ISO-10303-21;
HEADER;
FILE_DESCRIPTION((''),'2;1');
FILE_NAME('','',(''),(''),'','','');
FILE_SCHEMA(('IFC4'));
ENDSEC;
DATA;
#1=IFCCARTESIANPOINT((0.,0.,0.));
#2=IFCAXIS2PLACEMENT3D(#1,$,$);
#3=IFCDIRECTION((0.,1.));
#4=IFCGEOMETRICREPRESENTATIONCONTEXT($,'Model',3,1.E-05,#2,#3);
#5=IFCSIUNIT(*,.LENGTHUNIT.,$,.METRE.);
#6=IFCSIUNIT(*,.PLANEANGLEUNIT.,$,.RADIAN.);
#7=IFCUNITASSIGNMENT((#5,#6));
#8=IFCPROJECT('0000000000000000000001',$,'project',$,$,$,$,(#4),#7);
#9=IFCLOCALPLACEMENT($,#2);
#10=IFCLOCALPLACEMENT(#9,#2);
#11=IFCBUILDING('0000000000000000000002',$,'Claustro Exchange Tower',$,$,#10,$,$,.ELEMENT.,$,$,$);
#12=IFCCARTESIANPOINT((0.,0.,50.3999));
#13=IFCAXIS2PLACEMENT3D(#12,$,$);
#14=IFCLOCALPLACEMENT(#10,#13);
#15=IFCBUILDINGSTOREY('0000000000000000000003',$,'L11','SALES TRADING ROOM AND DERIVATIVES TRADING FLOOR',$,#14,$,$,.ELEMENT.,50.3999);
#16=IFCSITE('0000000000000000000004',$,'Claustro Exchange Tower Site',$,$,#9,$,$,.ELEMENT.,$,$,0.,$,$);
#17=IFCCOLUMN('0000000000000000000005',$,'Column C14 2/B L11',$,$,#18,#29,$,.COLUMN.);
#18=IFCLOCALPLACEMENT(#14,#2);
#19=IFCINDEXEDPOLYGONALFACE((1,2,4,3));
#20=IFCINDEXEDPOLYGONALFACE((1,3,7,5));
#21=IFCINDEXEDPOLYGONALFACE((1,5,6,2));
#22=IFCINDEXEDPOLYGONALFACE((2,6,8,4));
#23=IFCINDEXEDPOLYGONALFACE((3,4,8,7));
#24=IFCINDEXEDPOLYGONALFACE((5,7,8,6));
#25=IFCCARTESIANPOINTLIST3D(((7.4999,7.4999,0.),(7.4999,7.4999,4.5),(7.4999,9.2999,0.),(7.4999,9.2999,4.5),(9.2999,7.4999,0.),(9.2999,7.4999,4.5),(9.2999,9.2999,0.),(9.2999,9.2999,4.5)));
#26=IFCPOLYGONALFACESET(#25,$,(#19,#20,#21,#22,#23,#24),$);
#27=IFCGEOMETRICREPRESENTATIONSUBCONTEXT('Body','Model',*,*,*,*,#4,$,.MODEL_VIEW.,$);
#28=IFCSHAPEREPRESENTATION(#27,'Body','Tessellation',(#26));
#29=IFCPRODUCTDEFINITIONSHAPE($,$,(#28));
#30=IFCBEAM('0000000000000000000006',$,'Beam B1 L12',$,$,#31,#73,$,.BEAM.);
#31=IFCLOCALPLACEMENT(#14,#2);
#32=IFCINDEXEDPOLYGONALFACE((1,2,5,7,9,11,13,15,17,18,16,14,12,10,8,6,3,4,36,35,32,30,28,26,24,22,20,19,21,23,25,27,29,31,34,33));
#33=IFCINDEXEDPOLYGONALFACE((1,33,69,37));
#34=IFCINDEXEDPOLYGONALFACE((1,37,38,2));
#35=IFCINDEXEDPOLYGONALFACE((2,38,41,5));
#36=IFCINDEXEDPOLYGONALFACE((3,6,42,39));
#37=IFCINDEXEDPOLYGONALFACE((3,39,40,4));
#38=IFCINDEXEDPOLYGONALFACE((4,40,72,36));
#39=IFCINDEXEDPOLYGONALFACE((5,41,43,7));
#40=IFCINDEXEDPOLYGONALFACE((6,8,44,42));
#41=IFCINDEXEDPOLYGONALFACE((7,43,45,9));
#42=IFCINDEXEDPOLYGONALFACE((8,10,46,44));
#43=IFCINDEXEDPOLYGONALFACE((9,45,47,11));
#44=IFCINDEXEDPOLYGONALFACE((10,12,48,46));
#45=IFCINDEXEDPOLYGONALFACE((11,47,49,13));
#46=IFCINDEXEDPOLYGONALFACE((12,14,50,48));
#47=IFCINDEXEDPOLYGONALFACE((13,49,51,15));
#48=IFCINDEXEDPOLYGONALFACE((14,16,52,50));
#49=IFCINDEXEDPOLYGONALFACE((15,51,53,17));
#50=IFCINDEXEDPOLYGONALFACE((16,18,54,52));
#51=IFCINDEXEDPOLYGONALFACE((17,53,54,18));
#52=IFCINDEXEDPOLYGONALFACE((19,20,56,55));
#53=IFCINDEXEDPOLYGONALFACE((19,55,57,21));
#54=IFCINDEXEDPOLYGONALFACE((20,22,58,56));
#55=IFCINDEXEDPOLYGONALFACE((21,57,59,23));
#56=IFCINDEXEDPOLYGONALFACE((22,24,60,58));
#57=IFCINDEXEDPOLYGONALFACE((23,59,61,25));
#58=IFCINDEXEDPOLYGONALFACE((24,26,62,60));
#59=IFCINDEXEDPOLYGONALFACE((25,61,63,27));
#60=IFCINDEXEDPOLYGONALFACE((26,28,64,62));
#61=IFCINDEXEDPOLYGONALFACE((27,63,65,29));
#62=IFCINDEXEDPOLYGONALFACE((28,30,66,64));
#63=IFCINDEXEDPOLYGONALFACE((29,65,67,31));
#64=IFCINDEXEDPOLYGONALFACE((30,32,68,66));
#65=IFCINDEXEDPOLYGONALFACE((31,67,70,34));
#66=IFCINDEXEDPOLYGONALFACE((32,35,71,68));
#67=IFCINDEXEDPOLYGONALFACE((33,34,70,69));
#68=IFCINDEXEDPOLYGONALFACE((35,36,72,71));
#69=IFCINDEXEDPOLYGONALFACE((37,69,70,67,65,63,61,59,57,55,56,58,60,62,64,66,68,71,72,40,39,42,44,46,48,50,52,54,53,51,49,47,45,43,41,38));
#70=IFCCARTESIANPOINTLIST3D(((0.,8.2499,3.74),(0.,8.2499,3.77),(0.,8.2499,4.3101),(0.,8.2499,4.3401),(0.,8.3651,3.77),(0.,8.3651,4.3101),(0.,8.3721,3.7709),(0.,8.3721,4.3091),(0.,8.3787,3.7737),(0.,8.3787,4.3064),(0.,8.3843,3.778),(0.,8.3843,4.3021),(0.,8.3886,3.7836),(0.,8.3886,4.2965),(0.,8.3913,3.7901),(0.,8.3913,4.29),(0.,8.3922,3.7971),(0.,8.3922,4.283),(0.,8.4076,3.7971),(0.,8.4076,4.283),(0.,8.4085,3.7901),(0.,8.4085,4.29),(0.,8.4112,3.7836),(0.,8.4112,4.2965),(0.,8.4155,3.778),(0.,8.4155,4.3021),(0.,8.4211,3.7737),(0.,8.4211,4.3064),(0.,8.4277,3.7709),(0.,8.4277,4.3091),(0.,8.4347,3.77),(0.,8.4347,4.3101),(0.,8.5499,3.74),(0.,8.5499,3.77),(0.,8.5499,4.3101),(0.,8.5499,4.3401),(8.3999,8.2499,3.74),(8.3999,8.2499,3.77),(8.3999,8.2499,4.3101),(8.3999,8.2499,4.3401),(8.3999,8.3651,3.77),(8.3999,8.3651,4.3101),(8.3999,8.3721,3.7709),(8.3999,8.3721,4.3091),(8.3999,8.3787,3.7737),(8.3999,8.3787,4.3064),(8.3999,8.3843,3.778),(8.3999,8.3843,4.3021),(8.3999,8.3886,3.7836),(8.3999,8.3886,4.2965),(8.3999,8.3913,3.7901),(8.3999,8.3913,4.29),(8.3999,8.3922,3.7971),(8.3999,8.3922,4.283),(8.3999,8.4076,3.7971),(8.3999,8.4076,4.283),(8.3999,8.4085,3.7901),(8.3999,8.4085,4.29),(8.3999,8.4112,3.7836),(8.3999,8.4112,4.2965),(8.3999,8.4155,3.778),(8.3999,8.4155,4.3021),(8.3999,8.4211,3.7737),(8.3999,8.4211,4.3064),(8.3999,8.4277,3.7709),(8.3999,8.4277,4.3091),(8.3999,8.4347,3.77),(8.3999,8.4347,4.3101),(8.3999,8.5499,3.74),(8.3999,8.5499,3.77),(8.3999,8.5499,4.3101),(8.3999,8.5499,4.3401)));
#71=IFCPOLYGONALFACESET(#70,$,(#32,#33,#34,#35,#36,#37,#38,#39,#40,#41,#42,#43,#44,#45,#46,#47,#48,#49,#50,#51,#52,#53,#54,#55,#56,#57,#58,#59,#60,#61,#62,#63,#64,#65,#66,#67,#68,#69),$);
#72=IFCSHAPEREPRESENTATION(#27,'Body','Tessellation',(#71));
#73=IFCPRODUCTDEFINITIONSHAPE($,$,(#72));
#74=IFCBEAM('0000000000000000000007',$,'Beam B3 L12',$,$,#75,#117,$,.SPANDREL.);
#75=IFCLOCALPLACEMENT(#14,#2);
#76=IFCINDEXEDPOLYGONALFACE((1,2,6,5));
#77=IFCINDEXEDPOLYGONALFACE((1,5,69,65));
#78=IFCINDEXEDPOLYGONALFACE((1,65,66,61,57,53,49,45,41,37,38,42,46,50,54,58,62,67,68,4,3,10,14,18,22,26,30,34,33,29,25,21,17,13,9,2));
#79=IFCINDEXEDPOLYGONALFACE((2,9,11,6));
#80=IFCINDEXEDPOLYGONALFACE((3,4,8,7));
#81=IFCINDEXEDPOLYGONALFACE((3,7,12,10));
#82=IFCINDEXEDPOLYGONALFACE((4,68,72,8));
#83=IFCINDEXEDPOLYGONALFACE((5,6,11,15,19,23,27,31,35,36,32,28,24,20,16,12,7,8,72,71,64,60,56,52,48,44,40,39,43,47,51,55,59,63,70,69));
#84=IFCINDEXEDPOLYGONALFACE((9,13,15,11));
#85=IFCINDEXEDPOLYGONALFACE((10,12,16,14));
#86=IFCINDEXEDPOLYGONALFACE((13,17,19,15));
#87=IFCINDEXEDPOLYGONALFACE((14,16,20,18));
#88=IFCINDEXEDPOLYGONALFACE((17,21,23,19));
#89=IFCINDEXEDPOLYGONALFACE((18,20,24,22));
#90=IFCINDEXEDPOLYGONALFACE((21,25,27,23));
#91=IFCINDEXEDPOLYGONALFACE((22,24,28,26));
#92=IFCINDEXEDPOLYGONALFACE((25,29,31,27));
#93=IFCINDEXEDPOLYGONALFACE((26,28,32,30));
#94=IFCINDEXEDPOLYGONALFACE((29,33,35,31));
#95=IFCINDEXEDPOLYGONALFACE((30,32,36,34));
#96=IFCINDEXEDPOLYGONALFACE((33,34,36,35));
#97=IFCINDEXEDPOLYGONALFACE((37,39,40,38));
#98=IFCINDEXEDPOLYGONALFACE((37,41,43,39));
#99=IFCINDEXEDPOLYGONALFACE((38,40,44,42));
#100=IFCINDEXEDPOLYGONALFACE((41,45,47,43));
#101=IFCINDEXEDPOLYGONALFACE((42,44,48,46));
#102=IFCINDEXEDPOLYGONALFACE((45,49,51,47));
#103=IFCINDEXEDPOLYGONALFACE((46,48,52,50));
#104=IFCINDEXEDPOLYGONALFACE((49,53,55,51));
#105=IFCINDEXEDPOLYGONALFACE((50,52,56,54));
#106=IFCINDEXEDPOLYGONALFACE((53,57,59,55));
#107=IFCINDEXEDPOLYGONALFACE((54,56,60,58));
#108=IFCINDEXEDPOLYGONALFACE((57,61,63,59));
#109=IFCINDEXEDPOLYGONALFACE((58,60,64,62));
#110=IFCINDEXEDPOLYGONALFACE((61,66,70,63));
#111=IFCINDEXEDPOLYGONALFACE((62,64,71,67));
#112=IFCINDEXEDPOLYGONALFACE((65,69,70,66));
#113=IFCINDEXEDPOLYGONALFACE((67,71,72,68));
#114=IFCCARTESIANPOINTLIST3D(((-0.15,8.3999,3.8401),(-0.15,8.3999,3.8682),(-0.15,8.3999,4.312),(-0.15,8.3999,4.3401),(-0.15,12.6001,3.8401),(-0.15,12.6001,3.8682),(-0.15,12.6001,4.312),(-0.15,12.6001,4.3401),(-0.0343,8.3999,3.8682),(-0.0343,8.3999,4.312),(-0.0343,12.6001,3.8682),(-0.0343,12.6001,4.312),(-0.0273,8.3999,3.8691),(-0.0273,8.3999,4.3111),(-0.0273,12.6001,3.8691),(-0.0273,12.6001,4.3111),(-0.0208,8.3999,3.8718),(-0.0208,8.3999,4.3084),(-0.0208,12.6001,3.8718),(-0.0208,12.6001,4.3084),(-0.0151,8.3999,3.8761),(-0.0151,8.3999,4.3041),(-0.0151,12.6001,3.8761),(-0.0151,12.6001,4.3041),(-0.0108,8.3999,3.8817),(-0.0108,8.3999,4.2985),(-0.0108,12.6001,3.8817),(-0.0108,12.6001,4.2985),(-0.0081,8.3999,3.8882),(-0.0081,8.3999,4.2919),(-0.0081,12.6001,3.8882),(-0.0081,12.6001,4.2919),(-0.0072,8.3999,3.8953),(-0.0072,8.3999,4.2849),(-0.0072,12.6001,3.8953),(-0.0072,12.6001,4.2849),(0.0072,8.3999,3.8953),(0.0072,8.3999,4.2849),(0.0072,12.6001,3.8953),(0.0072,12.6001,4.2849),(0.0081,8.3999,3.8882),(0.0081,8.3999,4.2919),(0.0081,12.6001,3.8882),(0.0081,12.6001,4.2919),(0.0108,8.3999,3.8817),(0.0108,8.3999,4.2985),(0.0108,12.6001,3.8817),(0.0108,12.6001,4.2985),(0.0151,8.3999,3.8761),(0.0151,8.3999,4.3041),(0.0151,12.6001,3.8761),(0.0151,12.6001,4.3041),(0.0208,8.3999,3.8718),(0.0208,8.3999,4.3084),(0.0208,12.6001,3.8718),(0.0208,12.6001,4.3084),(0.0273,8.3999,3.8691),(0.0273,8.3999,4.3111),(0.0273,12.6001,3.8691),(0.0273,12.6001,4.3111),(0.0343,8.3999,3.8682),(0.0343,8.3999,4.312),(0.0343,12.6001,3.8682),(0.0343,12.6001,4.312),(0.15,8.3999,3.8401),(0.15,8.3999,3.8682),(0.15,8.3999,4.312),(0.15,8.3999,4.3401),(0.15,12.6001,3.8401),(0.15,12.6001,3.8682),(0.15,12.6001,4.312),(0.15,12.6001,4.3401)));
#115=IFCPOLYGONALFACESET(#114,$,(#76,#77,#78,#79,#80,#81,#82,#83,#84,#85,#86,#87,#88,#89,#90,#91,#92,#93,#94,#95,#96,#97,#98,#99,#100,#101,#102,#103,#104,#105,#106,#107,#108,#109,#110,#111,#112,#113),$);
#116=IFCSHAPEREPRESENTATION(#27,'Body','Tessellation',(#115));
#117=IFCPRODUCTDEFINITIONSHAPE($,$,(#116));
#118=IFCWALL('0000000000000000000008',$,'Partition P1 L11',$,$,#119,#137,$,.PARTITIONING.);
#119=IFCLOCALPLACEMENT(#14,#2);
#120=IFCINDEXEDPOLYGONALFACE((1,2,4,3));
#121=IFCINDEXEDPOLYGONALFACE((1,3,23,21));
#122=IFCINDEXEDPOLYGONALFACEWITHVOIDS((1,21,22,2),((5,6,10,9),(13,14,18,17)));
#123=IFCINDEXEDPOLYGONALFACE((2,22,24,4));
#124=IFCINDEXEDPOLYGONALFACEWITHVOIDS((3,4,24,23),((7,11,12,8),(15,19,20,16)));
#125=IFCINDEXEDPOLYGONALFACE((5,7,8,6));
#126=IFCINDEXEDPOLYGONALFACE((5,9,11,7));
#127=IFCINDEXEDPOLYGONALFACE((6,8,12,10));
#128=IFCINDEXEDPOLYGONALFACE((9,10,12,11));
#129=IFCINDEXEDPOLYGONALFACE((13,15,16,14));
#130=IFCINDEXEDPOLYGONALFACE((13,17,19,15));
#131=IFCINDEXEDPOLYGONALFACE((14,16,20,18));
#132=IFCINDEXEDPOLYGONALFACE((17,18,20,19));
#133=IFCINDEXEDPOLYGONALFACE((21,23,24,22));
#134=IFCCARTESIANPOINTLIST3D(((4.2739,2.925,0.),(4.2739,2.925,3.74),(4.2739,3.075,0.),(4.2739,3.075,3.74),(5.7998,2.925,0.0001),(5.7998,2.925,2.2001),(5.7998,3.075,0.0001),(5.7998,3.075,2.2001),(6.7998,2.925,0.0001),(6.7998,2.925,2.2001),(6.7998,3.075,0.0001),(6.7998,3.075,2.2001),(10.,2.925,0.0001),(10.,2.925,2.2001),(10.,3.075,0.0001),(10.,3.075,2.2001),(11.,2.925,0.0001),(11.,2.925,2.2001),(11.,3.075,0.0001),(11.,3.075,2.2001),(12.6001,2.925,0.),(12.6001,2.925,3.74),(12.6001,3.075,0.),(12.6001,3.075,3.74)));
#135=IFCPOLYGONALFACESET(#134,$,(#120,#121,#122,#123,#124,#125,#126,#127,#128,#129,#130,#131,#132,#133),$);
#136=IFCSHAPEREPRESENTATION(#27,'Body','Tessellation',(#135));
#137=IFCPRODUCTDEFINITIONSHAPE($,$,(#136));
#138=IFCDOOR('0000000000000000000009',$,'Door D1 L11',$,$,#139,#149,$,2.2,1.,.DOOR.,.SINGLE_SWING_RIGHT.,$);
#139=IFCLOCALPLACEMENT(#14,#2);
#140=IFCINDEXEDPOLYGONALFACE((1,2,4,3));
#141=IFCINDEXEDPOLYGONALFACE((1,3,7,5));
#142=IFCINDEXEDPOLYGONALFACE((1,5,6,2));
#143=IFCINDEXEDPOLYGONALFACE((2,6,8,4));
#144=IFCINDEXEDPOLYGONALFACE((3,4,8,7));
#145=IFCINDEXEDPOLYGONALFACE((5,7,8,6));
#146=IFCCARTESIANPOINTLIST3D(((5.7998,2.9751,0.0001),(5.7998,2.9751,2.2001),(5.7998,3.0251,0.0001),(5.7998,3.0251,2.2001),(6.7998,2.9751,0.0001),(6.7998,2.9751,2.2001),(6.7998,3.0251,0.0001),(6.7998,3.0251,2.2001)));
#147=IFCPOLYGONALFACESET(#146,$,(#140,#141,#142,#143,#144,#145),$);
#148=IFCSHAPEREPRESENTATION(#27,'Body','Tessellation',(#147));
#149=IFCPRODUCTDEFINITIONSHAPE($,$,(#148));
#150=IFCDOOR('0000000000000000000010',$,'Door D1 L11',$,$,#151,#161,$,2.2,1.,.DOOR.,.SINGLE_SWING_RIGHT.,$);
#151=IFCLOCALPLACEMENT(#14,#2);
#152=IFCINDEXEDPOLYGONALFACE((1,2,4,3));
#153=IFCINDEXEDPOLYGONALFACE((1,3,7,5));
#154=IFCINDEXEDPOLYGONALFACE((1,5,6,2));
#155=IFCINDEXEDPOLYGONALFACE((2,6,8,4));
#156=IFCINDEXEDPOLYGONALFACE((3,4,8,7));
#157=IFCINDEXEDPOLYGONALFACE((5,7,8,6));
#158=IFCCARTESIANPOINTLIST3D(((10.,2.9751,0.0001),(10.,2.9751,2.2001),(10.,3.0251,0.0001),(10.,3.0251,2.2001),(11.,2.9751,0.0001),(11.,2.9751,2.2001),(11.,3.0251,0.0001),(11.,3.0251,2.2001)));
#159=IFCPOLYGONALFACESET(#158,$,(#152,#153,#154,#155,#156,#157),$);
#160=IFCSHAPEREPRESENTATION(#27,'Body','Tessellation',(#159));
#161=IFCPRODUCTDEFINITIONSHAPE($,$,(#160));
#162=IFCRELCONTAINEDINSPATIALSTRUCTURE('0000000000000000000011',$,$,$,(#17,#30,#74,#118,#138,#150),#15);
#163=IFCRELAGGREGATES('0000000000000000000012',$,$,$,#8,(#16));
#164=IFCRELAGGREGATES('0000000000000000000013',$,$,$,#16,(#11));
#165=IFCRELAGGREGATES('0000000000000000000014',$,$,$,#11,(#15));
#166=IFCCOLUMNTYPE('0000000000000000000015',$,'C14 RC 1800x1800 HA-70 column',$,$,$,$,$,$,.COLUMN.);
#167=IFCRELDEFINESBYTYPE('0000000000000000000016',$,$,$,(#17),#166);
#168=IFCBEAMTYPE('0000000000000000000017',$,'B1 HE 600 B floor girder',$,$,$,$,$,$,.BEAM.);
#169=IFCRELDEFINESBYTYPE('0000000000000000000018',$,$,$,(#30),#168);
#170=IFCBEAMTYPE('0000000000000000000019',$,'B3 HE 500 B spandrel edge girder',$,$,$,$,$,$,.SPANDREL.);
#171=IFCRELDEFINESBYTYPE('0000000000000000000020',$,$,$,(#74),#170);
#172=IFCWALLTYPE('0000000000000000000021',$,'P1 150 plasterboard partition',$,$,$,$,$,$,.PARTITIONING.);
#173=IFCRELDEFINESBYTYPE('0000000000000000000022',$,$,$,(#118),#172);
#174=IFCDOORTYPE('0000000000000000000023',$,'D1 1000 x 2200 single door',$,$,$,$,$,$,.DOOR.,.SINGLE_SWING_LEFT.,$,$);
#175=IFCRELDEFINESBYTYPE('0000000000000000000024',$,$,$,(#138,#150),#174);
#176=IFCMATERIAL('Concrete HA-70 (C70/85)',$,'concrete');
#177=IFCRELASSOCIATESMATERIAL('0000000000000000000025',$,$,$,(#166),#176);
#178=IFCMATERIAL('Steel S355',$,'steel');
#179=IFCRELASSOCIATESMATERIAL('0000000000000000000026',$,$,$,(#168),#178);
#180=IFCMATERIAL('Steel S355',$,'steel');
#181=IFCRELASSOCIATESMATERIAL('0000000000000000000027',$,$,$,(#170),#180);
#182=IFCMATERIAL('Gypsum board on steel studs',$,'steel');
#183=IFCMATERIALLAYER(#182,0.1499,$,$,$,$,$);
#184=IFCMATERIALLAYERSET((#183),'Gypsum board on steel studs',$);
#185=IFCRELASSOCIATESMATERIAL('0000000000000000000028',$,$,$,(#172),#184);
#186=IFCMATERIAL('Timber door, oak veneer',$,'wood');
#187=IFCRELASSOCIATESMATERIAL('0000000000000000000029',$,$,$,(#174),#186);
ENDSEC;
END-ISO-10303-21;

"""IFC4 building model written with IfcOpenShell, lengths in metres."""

from ifc_helpers import new_model, si_unit, direction, frame, frame_2d, origin, origin_2d, place, context, subcontext, project, spatial, rectangle, i_section, extrude, material, layer, layer_set, material_profile, profile_set, type_object, element, fill, save


model = new_model("IFC4")

# Units and contexts
model_context = context("Model", 3, precision=1e-05, world=origin(), true_north=direction((0.0, 1.0)))
body_context = subcontext(model_context, "Body", "Model", "MODEL_VIEW")
ifc_project = project(units=[si_unit("LENGTHUNIT", "METRE"), si_unit("PLANEANGLEUNIT", "RADIAN")], contexts=[model_context])

# Site, building, storey
site_placement = place(None, origin())
site = spatial("IfcSite", under=ifc_project, at=site_placement, Name="Claustro Exchange Tower Site", CompositionType="ELEMENT", RefElevation=0.0)
building_placement = place(site_placement, origin())
building = spatial("IfcBuilding", under=site, at=building_placement, Name="Claustro Exchange Tower", CompositionType="ELEMENT")
storey_placement = place(building_placement, frame((0.0, 0.0, 50.3999)))
storey = spatial("IfcBuildingStorey", under=building, at=storey_placement, Name="L11", Description="SALES TRADING ROOM AND DERIVATIVES TRADING FLOOR", CompositionType="ELEMENT", Elevation=50.3999)

# Column
ifc_material_1 = material(Name="Concrete HA-70 (C70/85)", Category="concrete")
ifc_material_profile_1 = material_profile(ifc_material_1, rectangle(XDim=1.8, YDim=1.8, at=origin_2d()), Name="RC 1800x1800")
ifc_profile_set_1 = profile_set([ifc_material_profile_1], Name="Concrete HA-70 (C70/85)")
column_type = type_object("IfcColumnType", Name="C14 RC 1800x1800 HA-70 column", PredefinedType="COLUMN", material=ifc_profile_set_1)
column_placement = place(storey_placement, frame((8.3999, 8.3999, 0.0), z_axis=(0.0, 0.0, 1.0), x_axis=(1.0, 0.0, 0.0)))
element("IfcColumn", 1, at=column_placement, inside=storey, type_object=column_type, Name="Column C14 2/B L11", PredefinedType="COLUMN", context=body_context, shape_type="SweptSolid", body=[
    extrude(rectangle(XDim=1.8, YDim=1.8, at=origin_2d()), origin(), (0.0, 0.0, 1.0), 4.5),
])

# Beams
ifc_material_2 = material(Name="Steel S355", Category="steel")
ifc_material_profile_2 = material_profile(ifc_material_2, i_section(OverallWidth=0.3, OverallDepth=0.6001, WebThickness=0.0154, FlangeThickness=0.03, FilletRadius=0.0271, at=origin_2d()), Name="HE 600 B")
ifc_profile_set_2 = profile_set([ifc_material_profile_2], Name="Steel S355")
beam_type_1 = type_object("IfcBeamType", Name="B1 HE 600 B floor girder", PredefinedType="BEAM", material=ifc_profile_set_2)
beam_1_placement = place(storey_placement, frame((0.0, 8.3999, 4.04), z_axis=(1.0, 0.0, 0.0), x_axis=(0.0, 1.0, 0.0)))
element("IfcBeam", 2, at=beam_1_placement, inside=storey, type_object=beam_type_1, Name="Beam B1 L12", PredefinedType="BEAM", context=body_context, shape_type="SweptSolid", body=[
    extrude(i_section(OverallWidth=0.3, OverallDepth=0.6001, WebThickness=0.0154, FlangeThickness=0.03, FilletRadius=0.0271, at=origin_2d()), origin(), (0.0, 0.0, 1.0), 8.3999),
])
ifc_material_3 = material(Name="Steel S355", Category="steel")
ifc_material_profile_3 = material_profile(ifc_material_3, i_section(OverallWidth=0.3, OverallDepth=0.5, WebThickness=0.0144, FlangeThickness=0.0281, FilletRadius=0.0271, at=origin_2d()), Name="HE 500 B")
ifc_profile_set_3 = profile_set([ifc_material_profile_3], Name="Steel S355")
beam_type_2 = type_object("IfcBeamType", Name="B3 HE 500 B spandrel edge girder", PredefinedType="SPANDREL", material=ifc_profile_set_3)
beam_2_placement = place(storey_placement, frame((0.0, 8.3999, 4.0901), z_axis=(0.0, 1.0, 0.0), x_axis=(-1.0, 0.0, 0.0)))
element("IfcBeam", 3, at=beam_2_placement, inside=storey, type_object=beam_type_2, Name="Beam B3 L12", PredefinedType="SPANDREL", context=body_context, shape_type="SweptSolid", body=[
    extrude(i_section(OverallWidth=0.3, OverallDepth=0.5, WebThickness=0.0144, FlangeThickness=0.0281, FilletRadius=0.0271, at=origin_2d()), origin(), (0.0, 0.0, 1.0), 4.2002),
])

# Wall, openings, doors
ifc_material_4 = material(Name="Gypsum board on steel studs", Category="steel")
ifc_layer_1 = layer(ifc_material_4, 0.1499)
ifc_layer_set_1 = layer_set([ifc_layer_1], Name="Gypsum board on steel studs")
wall_type_1 = type_object("IfcWallType", Name="P1 150 plasterboard partition", PredefinedType="PARTITIONING", material=ifc_layer_set_1)
wall_1_placement = place(storey_placement, frame((4.2739, 3.0, 0.0), z_axis=(0.0, 0.0, 1.0), x_axis=(1.0, 0.0, 0.0)))
wall_1 = element("IfcWall", 4, at=wall_1_placement, inside=storey, type_object=wall_type_1, Name="Partition P1 L11", PredefinedType="PARTITIONING", context=body_context, shape_type="SweptSolid", body=[
    extrude(rectangle(XDim=8.3262, YDim=0.1499, at=frame_2d((4.1631, 0.0))), origin(), (0.0, 0.0, 1.0), 3.74),
])
opening_1_placement = place(wall_1_placement, frame((1.5259, 0.0, 0.0)))
opening_1 = element("IfcOpeningElement", 5, at=opening_1_placement, cuts=wall_1, PredefinedType="OPENING", context=body_context, shape_type="SweptSolid", body=[
    extrude(rectangle(XDim=1.0, YDim=2.2, at=frame_2d((0.5, 1.1001))), frame((0.0, 0.085, 0.0), z_axis=(0.0, -1.0, 0.0), x_axis=(1.0, 0.0, 0.0)), (0.0, 0.0, 1.0), 0.1699),
])
opening_2_placement = place(wall_1_placement, frame((5.7261, 0.0, 0.0)))
opening_2 = element("IfcOpeningElement", 6, at=opening_2_placement, cuts=wall_1, PredefinedType="OPENING", context=body_context, shape_type="SweptSolid", body=[
    extrude(rectangle(XDim=1.0, YDim=2.2, at=frame_2d((0.5, 1.1001))), frame((0.0, 0.085, 0.0), z_axis=(0.0, -1.0, 0.0), x_axis=(1.0, 0.0, 0.0)), (0.0, 0.0, 1.0), 0.1699),
])
ifc_material_5 = material(Name="Timber door, oak veneer", Category="wood")
door_type_1 = type_object("IfcDoorType", Name="D1 1000 x 2200 single door", OperationType="SINGLE_SWING_LEFT", PredefinedType="DOOR", material=ifc_material_5)
door_1_placement = place(opening_1_placement, frame((1.0, 0.0, 0.0), z_axis=(0.0, 0.0, 1.0), x_axis=(-1.0, 0.0, 0.0)))
door_1 = element("IfcDoor", 7, at=door_1_placement, inside=storey, type_object=door_type_1, Name="Door D1 L11", OperationType="SINGLE_SWING_RIGHT", OverallHeight=2.2, OverallWidth=1.0, PredefinedType="DOOR", context=body_context, shape_type="SweptSolid", body=[
    extrude(rectangle(XDim=1.0, YDim=2.2, at=frame_2d((0.5, 1.1001))), frame((0.0, 0.0249, 0.0), z_axis=(0.0, -1.0, 0.0), x_axis=(1.0, 0.0, 0.0)), (0.0, 0.0, 1.0), 0.05),
])
fill(opening_1, door_1)
door_2_placement = place(opening_2_placement, frame((1.0, 0.0, 0.0), z_axis=(0.0, 0.0, 1.0), x_axis=(-1.0, 0.0, 0.0)))
door_2 = element("IfcDoor", 8, at=door_2_placement, inside=storey, type_object=door_type_1, Name="Door D1 L11", OperationType="SINGLE_SWING_RIGHT", OverallHeight=2.2, OverallWidth=1.0, PredefinedType="DOOR", context=body_context, shape_type="SweptSolid", body=[
    extrude(rectangle(XDim=1.0, YDim=2.2, at=frame_2d((0.5, 1.1001))), frame((0.0, 0.0249, 0.0), z_axis=(0.0, -1.0, 0.0), x_axis=(1.0, 0.0, 0.0)), (0.0, 0.0, 1.0), 0.05),
])
fill(opening_2, door_2)

save(model, "model.ifc")
